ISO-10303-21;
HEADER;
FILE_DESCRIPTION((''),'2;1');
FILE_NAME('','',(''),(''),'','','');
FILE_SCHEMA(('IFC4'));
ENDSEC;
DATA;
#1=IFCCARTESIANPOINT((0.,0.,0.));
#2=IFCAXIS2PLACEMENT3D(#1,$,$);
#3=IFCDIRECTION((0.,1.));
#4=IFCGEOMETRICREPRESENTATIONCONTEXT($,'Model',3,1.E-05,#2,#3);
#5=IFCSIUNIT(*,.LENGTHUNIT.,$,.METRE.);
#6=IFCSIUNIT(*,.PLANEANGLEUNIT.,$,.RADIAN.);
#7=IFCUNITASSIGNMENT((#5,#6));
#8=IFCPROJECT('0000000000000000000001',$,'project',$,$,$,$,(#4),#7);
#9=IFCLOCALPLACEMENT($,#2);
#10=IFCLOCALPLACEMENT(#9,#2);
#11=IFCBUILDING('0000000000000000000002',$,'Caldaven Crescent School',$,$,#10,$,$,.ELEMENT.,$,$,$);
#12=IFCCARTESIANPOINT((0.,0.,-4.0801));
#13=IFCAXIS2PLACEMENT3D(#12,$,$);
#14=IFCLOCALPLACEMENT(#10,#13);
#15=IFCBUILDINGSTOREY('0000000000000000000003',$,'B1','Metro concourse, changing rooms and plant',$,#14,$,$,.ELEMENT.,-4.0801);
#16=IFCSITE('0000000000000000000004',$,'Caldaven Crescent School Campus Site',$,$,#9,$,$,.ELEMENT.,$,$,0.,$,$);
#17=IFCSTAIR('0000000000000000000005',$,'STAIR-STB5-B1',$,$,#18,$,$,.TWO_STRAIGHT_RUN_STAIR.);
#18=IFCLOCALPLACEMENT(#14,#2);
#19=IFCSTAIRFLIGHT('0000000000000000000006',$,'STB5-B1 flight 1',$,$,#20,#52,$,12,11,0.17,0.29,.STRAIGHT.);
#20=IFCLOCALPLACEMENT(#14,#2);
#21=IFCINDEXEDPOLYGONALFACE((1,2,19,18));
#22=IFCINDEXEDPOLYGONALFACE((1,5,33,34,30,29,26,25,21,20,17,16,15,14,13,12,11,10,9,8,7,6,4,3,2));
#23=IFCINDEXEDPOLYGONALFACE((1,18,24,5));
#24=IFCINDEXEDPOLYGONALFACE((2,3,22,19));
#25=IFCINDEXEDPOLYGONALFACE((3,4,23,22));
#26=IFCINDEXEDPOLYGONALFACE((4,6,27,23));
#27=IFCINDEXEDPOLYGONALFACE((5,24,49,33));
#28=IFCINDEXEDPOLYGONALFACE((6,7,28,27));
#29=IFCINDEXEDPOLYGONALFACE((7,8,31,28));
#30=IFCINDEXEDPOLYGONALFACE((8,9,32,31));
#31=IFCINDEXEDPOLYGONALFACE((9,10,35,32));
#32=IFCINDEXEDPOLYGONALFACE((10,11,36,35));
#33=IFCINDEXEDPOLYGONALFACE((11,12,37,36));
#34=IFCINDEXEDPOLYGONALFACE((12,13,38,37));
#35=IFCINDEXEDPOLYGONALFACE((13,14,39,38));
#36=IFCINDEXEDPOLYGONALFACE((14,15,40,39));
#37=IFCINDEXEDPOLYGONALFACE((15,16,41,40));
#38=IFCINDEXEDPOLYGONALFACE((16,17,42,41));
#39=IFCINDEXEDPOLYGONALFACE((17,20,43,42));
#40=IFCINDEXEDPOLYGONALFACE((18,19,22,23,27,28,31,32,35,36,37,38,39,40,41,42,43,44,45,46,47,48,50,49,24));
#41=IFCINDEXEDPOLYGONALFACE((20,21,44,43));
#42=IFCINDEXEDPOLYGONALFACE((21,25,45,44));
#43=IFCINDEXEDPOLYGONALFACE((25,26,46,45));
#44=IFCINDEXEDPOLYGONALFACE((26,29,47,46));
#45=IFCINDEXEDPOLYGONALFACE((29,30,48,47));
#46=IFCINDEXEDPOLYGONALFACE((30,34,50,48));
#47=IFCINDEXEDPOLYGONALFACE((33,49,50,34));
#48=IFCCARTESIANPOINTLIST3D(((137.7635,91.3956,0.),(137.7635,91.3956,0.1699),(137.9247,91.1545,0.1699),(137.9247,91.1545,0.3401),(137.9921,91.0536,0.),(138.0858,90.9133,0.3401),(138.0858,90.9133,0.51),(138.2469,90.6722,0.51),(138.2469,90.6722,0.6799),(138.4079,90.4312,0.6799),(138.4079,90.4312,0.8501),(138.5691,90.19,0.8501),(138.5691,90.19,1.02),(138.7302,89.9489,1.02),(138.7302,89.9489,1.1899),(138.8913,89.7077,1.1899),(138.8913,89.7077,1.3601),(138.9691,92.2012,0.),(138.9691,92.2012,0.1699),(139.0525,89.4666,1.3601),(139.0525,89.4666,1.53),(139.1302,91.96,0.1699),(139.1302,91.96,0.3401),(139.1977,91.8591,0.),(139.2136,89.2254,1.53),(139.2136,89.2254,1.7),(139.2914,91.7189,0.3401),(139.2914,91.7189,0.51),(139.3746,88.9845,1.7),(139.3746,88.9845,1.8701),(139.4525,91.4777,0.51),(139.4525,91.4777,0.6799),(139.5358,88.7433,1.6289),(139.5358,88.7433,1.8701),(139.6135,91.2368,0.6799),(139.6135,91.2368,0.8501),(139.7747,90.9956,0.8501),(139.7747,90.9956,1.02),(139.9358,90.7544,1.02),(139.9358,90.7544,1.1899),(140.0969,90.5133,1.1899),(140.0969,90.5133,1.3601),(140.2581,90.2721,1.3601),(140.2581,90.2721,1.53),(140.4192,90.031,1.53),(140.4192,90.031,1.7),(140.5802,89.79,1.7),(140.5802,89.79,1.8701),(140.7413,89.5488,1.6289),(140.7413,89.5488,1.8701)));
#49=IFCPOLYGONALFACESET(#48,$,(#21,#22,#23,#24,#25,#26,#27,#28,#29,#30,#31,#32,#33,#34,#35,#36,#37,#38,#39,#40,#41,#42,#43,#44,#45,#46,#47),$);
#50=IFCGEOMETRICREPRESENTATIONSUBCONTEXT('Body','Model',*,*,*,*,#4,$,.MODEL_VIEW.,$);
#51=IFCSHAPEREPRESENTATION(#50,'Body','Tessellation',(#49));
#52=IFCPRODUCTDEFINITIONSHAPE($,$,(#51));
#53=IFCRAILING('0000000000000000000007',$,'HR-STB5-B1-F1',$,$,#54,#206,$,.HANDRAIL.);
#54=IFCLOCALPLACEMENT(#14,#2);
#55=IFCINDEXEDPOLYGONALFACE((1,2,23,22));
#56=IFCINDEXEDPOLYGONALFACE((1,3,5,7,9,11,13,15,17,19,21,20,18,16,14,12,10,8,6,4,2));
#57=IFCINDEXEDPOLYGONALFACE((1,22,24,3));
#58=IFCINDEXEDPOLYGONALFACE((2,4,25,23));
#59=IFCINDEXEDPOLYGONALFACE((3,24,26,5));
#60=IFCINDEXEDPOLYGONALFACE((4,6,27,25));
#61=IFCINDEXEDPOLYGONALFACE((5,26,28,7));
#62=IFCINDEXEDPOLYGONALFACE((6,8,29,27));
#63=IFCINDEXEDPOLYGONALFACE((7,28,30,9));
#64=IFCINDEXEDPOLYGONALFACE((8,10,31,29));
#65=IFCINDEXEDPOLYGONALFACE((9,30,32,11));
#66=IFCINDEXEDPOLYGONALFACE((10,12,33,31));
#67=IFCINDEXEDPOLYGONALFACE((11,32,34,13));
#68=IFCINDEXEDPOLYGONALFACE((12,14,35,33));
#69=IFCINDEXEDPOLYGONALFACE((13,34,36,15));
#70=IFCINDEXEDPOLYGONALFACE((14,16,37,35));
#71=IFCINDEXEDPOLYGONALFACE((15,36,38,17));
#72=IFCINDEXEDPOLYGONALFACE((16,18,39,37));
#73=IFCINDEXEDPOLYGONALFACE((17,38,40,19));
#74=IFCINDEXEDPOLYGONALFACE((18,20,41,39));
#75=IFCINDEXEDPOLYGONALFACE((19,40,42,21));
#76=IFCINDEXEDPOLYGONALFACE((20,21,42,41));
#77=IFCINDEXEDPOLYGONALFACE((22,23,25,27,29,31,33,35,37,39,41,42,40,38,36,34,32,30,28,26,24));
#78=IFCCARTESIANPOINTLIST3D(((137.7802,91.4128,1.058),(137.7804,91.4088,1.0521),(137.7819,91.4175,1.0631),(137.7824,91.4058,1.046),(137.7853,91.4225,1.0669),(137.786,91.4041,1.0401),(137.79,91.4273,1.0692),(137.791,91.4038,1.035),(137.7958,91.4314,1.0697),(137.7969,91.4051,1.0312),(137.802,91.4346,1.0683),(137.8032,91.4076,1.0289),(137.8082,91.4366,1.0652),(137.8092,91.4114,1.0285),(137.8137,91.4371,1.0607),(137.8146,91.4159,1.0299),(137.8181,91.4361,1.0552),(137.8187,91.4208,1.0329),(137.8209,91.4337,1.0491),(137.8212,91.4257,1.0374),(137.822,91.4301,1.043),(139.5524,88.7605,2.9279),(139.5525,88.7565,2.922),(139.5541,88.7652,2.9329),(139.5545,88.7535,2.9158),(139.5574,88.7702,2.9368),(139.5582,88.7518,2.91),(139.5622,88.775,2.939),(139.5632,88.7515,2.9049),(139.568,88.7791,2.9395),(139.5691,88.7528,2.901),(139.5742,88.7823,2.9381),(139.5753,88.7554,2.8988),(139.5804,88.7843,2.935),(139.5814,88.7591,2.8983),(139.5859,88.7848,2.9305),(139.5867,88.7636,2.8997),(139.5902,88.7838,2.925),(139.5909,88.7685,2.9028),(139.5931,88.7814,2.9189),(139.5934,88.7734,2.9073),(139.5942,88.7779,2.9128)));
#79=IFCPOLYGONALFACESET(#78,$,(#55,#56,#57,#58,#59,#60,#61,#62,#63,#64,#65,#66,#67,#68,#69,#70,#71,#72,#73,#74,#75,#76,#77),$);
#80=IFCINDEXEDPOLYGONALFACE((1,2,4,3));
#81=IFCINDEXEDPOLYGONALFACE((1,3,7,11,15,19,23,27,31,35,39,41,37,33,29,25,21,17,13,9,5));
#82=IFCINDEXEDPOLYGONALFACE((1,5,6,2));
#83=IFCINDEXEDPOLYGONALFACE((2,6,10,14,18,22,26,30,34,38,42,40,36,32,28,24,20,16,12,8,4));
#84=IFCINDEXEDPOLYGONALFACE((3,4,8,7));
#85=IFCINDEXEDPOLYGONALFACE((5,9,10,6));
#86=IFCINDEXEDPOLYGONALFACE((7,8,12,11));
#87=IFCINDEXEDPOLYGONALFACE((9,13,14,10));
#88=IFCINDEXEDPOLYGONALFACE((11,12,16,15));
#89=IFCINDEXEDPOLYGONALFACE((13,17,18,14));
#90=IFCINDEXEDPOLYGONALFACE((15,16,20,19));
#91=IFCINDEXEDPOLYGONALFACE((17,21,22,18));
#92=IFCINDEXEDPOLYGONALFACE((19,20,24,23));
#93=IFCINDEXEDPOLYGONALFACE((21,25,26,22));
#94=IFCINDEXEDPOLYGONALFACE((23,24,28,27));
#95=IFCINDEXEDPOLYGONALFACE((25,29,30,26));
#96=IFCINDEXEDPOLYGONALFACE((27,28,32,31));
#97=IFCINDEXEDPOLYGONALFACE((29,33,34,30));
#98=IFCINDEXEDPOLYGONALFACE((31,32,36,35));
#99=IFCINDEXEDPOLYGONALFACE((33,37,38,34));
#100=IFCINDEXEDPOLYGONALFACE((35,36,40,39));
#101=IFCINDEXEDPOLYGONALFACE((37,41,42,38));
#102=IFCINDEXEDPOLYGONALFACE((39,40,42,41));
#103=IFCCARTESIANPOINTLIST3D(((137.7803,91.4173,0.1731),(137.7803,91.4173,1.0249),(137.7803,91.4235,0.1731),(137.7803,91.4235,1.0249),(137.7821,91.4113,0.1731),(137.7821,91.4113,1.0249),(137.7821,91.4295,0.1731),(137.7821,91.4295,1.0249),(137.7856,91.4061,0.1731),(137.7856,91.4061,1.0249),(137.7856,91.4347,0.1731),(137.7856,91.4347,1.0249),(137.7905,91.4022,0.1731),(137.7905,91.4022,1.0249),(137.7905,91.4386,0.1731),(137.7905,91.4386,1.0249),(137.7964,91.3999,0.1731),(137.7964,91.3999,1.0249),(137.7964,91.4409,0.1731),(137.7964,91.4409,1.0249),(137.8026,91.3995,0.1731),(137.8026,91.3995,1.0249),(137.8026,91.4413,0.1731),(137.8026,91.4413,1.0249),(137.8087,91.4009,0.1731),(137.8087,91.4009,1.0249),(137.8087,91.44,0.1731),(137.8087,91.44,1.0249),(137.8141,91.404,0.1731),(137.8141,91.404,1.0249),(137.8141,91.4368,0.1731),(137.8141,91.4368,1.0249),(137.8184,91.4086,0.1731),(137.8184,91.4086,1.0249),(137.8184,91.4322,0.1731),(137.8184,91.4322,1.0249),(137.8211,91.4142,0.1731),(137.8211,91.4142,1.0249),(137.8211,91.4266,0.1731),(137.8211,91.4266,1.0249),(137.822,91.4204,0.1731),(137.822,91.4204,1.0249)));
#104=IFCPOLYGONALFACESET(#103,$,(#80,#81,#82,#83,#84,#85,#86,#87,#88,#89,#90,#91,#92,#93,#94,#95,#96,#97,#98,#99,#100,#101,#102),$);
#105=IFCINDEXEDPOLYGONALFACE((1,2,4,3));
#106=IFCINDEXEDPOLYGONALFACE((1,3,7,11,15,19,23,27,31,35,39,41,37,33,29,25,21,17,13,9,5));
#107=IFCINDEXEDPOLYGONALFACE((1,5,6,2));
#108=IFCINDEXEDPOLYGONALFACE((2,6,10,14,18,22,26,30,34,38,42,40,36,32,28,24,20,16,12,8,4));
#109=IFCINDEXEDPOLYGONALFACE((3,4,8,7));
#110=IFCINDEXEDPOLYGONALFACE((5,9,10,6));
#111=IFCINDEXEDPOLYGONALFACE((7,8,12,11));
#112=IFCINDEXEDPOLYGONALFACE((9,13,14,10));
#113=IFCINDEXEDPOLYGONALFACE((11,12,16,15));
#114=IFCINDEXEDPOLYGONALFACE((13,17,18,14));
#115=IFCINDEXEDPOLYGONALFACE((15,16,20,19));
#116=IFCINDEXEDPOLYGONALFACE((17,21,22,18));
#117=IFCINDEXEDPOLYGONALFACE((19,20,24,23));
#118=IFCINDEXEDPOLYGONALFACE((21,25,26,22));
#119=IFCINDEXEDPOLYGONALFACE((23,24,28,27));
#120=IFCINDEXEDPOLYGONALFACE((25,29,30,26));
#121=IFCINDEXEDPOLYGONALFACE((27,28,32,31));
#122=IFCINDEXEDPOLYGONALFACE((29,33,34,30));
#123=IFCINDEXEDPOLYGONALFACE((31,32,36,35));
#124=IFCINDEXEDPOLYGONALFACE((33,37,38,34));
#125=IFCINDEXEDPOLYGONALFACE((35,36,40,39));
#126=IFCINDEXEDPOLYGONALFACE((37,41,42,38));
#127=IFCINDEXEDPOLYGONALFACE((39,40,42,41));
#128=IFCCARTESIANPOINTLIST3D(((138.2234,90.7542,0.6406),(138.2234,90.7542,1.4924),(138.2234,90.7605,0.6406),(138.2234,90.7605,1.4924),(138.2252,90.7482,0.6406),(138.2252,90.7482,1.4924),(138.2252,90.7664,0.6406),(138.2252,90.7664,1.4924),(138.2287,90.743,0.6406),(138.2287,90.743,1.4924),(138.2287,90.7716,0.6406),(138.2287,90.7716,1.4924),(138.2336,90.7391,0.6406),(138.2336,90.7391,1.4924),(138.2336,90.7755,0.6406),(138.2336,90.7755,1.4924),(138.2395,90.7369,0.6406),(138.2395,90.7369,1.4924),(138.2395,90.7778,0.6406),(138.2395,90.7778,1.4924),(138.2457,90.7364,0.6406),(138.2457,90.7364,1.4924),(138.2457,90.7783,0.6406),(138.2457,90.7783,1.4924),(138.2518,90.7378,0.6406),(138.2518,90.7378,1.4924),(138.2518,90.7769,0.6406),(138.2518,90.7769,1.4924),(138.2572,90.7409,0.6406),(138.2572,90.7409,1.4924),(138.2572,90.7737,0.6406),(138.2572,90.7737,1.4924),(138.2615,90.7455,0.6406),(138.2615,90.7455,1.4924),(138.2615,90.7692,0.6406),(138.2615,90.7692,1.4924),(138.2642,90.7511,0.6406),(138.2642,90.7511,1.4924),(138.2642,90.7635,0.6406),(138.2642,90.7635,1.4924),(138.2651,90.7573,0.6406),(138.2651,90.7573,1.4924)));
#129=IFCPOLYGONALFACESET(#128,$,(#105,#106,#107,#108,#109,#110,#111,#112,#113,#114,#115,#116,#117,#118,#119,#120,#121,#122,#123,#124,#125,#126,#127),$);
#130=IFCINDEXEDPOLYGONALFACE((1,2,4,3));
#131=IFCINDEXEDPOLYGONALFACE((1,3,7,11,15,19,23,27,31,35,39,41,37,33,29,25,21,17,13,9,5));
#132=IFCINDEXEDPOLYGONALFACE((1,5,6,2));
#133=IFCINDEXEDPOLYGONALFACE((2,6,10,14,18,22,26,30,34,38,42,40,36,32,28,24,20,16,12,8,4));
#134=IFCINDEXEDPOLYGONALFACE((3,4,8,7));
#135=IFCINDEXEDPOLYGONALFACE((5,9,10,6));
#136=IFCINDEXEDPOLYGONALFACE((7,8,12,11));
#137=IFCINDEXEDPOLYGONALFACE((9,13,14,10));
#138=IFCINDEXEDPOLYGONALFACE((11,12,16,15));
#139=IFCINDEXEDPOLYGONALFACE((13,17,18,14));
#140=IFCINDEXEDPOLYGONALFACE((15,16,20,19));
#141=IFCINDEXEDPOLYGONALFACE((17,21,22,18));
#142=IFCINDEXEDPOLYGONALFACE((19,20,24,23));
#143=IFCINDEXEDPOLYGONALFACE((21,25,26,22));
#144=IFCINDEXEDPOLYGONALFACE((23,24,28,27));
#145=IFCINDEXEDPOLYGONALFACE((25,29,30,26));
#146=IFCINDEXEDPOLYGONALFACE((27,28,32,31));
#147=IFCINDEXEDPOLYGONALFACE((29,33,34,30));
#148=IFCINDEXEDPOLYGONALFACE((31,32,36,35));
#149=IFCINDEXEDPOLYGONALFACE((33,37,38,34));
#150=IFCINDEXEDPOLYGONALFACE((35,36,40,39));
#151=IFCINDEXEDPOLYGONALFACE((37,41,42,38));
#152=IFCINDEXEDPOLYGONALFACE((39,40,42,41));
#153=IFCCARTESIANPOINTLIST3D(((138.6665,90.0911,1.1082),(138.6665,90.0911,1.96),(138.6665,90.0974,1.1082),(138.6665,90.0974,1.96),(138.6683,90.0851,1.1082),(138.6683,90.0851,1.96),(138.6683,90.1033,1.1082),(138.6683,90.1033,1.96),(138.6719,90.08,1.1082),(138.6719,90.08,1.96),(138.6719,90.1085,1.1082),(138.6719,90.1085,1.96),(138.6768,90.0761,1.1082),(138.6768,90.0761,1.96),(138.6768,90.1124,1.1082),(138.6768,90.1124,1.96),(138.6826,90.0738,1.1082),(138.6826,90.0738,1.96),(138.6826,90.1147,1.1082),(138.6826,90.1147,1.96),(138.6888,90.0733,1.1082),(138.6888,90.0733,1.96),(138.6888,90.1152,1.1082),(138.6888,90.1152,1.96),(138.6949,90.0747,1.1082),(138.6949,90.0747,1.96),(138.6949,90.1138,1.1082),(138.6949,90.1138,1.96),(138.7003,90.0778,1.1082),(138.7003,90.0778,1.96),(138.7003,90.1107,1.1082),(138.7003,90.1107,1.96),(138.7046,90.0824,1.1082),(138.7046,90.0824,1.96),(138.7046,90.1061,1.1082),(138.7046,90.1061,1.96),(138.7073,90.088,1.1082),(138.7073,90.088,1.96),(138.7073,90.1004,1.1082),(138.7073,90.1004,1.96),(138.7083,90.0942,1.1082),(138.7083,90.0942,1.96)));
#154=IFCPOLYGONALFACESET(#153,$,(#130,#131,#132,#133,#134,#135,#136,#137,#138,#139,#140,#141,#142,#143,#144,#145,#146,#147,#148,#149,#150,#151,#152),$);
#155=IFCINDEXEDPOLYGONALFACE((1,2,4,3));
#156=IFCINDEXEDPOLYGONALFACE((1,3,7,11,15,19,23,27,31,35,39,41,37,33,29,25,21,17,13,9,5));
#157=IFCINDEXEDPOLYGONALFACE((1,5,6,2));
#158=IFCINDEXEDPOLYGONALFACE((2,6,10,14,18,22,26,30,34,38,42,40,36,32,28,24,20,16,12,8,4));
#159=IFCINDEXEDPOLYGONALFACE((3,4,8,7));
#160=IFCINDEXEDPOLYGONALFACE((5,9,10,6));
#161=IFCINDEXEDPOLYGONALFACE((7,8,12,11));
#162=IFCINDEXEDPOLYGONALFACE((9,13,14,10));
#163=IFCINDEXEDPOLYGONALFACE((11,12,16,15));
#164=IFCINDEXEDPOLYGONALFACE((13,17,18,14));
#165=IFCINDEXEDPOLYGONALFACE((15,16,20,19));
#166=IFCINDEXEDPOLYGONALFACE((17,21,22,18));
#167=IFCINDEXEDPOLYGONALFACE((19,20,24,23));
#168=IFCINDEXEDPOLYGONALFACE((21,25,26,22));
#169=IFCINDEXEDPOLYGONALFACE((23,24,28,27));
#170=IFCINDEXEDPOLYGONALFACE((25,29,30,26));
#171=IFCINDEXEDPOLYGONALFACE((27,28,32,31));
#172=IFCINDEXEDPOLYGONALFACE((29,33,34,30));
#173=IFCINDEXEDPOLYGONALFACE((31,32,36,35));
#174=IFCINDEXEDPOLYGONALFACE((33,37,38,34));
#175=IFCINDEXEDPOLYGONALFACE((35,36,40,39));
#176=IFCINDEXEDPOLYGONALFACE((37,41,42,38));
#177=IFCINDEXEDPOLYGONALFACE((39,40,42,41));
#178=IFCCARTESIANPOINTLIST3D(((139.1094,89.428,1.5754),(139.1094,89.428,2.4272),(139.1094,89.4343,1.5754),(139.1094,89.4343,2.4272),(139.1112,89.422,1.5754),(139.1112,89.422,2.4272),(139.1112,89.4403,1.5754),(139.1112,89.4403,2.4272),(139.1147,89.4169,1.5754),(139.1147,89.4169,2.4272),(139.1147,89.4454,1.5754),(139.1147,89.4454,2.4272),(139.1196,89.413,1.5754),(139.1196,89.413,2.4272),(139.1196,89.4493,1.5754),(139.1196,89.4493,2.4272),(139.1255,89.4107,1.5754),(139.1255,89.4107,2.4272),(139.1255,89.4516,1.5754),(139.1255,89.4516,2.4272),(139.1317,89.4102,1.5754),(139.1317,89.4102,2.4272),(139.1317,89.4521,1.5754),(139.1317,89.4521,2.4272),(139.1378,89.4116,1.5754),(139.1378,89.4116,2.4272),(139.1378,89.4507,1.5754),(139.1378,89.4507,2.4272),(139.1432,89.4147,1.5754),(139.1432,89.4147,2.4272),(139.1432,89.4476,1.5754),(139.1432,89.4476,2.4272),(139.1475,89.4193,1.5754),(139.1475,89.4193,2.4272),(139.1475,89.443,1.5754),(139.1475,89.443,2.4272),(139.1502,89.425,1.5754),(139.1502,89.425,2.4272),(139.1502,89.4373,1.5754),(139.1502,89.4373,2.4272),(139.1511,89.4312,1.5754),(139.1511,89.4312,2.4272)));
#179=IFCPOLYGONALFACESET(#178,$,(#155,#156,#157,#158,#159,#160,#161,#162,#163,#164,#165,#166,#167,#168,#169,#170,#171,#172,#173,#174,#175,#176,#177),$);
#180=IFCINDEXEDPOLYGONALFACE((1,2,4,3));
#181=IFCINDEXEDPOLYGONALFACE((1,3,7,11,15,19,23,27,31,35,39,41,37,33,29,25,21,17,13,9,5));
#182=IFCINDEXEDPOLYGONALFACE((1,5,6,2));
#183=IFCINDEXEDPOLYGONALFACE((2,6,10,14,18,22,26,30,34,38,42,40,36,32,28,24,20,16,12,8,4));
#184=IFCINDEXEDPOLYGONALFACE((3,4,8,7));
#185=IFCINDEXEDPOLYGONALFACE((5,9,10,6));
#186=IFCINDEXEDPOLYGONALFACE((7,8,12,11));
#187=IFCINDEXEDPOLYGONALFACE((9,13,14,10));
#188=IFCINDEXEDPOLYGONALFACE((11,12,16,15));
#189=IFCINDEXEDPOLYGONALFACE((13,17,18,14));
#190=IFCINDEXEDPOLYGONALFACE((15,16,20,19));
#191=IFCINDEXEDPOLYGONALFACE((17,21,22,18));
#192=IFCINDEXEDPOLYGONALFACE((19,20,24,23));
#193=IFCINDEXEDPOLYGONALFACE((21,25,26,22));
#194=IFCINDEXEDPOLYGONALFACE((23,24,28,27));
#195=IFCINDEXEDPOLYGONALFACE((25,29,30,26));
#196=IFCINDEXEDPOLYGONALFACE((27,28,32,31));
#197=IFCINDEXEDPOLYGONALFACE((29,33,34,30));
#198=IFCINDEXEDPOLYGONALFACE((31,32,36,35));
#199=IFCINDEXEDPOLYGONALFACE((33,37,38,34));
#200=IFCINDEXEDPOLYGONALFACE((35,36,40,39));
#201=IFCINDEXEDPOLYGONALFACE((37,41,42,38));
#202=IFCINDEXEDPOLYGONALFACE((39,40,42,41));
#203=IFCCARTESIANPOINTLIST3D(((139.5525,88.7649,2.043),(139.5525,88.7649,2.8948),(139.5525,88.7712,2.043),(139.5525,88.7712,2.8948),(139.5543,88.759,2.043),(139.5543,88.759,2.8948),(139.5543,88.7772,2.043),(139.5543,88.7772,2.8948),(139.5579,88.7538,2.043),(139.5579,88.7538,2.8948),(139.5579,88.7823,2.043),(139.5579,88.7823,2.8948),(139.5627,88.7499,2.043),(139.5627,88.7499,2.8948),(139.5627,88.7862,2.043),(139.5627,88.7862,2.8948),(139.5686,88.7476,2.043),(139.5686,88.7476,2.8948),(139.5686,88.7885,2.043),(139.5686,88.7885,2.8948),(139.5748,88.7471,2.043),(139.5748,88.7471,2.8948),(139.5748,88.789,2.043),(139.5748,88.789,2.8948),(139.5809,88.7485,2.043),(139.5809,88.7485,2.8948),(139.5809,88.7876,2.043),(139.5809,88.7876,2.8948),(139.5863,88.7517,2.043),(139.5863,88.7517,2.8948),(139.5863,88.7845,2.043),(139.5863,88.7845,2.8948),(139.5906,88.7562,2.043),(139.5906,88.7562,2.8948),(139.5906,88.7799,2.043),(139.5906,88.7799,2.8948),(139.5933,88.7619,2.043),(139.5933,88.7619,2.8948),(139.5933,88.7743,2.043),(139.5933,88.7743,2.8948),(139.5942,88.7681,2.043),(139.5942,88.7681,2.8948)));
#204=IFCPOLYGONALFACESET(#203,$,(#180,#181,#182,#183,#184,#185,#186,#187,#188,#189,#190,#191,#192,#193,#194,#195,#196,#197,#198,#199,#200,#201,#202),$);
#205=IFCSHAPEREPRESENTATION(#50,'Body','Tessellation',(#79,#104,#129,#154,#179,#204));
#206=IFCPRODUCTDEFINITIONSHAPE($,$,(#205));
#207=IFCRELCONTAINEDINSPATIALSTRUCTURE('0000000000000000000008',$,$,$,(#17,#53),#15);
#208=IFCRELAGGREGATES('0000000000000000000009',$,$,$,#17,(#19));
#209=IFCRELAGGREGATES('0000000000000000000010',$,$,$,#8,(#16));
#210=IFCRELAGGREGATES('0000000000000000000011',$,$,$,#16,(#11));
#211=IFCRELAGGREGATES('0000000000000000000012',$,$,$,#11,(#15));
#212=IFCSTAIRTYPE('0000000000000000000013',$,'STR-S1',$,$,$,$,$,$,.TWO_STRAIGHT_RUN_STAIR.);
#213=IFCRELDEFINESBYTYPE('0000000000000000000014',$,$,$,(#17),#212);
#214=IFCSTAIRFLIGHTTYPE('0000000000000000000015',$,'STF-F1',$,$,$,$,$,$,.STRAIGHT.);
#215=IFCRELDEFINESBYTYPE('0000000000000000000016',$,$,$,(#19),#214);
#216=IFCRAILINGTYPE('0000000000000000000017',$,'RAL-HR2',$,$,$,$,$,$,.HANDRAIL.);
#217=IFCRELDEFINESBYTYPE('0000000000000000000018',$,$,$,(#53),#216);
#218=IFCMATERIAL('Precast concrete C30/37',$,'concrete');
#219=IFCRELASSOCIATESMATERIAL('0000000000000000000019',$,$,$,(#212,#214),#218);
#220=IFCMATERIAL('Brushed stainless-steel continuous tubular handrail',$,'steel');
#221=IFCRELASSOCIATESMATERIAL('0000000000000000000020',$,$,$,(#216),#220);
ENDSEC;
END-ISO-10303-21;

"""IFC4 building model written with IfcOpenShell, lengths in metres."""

from ifc_helpers import new_model, si_unit, direction, frame, origin, origin_2d, place, context, subcontext, project, spatial, polyline, circle, outline, extrude, material, type_object, element, aggregate, save


model = new_model("IFC4")

# Units and contexts
model_context = context("Model", 3, precision=1e-05, world=origin(), true_north=direction((0.0, 1.0)))
body_context = subcontext(model_context, "Body", "Model", "MODEL_VIEW")
ifc_project = project(units=[si_unit("LENGTHUNIT", "METRE"), si_unit("PLANEANGLEUNIT", "RADIAN")], contexts=[model_context])

# Site, building, storey
site_placement = place(None, origin())
site = spatial("IfcSite", under=ifc_project, at=site_placement, Name="Caldaven Crescent School Campus Site", CompositionType="ELEMENT", RefElevation=0.0)
building_placement = place(site_placement, origin())
building = spatial("IfcBuilding", under=site, at=building_placement, Name="Caldaven Crescent School", CompositionType="ELEMENT")
storey_placement = place(building_placement, frame((0.0, 0.0, -4.0801)))
storey = spatial("IfcBuildingStorey", under=building, at=storey_placement, Name="B1", Description="Metro concourse, changing rooms and plant", CompositionType="ELEMENT", Elevation=-4.0801)

# Stair, stair flight
ifc_material_1 = material(Name="Precast concrete C30/37", Category="concrete")
stair_type = type_object("IfcStairType", Name="STR-S1", PredefinedType="TWO_STRAIGHT_RUN_STAIR", material=ifc_material_1)
stair_placement = place(storey_placement, origin())
stair = element("IfcStair", 1, at=stair_placement, inside=storey, type_object=stair_type, Name="STAIR-STB5-B1", PredefinedType="TWO_STRAIGHT_RUN_STAIR")
stair_flight_type = type_object("IfcStairFlightType", Name="STF-F1", PredefinedType="STRAIGHT", material=ifc_material_1)
stair_flight_placement = place(storey_placement, frame((138.3662, 91.7983, 0.0), z_axis=(0.0, 0.0, 1.0), x_axis=(0.55557, -0.83147, 0.0)))
stair_flight = element("IfcStairFlight", 2, at=stair_flight_placement, type_object=stair_flight_type, Name="STB5-B1 flight 1", NumberOfRisers=12, NumberOfTreads=11, PredefinedType="STRAIGHT", RiserHeight=0.17, TreadLength=0.29, context=body_context, shape_type="SweptSolid", body=[
    extrude(outline(polyline([(0.0, 0.0), (0.0, 0.1699), (0.29, 0.1699), (0.29, 0.3401), (0.5801, 0.3401), (0.5801, 0.51), (0.8701, 0.51), (0.8701, 0.6799), (1.1599, 0.6799), (1.1599, 0.8501), (1.45, 0.8501), (1.45, 1.02), (1.74, 1.02), (1.74, 1.1899), (2.03, 1.1899), (2.03, 1.3601), (2.3201, 1.3601), (2.3201, 1.53), (2.6101, 1.53), (2.6101, 1.7), (2.8999, 1.7), (2.8999, 1.8701), (3.1899, 1.8701), (3.1899, 2.04), (3.1899, 1.6289), (0.4114, 0.0), (0.0, 0.0)])), frame((0.0, 0.7251, 0.0), z_axis=(0.0, -1.0, 0.0), x_axis=(1.0, 0.0, 0.0)), (0.0, 0.0, 1.0), 1.45),
])
aggregate(stair, [stair_flight])

# Railing
ifc_material_2 = material(Name="Brushed stainless-steel continuous tubular handrail", Category="steel")
railing_type = type_object("IfcRailingType", Name="RAL-HR2", PredefinedType="HANDRAIL", material=ifc_material_2)
railing_placement = place(storey_placement, frame((137.801, 91.4204, 0.1731)))
element("IfcRailing", 3, at=railing_placement, inside=storey, type_object=railing_type, Name="HR-STB5-B1-F1", PredefinedType="HANDRAIL", context=body_context, shape_type="SweptSolid", body=[
    extrude(circle(Radius=0.0239, at=origin_2d()), frame((0.0, 0.0, 0.876), z_axis=(0.479291, -0.717319, 0.505702), x_axis=(0.831473, 0.555565, 0.0)), (0.0, 0.0, 1.0), 3.6975),
    extrude(circle(Radius=0.021, at=origin_2d()), origin(), (0.0, 0.0, 1.0), 0.8518),
    extrude(circle(Radius=0.021, at=origin_2d()), frame((0.4431, -0.6631, 0.4675)), (0.0, 0.0, 1.0), 0.8518),
    extrude(circle(Radius=0.021, at=origin_2d()), frame((0.8862, -1.3262, 0.9351)), (0.0, 0.0, 1.0), 0.8518),
    extrude(circle(Radius=0.021, at=origin_2d()), frame((1.3291, -1.9893, 1.4023)), (0.0, 0.0, 1.0), 0.8518),
    extrude(circle(Radius=0.021, at=origin_2d()), frame((1.7722, -2.6523, 1.8699)), (0.0, 0.0, 1.0), 0.8518),
])

save(model, "model.ifc")
